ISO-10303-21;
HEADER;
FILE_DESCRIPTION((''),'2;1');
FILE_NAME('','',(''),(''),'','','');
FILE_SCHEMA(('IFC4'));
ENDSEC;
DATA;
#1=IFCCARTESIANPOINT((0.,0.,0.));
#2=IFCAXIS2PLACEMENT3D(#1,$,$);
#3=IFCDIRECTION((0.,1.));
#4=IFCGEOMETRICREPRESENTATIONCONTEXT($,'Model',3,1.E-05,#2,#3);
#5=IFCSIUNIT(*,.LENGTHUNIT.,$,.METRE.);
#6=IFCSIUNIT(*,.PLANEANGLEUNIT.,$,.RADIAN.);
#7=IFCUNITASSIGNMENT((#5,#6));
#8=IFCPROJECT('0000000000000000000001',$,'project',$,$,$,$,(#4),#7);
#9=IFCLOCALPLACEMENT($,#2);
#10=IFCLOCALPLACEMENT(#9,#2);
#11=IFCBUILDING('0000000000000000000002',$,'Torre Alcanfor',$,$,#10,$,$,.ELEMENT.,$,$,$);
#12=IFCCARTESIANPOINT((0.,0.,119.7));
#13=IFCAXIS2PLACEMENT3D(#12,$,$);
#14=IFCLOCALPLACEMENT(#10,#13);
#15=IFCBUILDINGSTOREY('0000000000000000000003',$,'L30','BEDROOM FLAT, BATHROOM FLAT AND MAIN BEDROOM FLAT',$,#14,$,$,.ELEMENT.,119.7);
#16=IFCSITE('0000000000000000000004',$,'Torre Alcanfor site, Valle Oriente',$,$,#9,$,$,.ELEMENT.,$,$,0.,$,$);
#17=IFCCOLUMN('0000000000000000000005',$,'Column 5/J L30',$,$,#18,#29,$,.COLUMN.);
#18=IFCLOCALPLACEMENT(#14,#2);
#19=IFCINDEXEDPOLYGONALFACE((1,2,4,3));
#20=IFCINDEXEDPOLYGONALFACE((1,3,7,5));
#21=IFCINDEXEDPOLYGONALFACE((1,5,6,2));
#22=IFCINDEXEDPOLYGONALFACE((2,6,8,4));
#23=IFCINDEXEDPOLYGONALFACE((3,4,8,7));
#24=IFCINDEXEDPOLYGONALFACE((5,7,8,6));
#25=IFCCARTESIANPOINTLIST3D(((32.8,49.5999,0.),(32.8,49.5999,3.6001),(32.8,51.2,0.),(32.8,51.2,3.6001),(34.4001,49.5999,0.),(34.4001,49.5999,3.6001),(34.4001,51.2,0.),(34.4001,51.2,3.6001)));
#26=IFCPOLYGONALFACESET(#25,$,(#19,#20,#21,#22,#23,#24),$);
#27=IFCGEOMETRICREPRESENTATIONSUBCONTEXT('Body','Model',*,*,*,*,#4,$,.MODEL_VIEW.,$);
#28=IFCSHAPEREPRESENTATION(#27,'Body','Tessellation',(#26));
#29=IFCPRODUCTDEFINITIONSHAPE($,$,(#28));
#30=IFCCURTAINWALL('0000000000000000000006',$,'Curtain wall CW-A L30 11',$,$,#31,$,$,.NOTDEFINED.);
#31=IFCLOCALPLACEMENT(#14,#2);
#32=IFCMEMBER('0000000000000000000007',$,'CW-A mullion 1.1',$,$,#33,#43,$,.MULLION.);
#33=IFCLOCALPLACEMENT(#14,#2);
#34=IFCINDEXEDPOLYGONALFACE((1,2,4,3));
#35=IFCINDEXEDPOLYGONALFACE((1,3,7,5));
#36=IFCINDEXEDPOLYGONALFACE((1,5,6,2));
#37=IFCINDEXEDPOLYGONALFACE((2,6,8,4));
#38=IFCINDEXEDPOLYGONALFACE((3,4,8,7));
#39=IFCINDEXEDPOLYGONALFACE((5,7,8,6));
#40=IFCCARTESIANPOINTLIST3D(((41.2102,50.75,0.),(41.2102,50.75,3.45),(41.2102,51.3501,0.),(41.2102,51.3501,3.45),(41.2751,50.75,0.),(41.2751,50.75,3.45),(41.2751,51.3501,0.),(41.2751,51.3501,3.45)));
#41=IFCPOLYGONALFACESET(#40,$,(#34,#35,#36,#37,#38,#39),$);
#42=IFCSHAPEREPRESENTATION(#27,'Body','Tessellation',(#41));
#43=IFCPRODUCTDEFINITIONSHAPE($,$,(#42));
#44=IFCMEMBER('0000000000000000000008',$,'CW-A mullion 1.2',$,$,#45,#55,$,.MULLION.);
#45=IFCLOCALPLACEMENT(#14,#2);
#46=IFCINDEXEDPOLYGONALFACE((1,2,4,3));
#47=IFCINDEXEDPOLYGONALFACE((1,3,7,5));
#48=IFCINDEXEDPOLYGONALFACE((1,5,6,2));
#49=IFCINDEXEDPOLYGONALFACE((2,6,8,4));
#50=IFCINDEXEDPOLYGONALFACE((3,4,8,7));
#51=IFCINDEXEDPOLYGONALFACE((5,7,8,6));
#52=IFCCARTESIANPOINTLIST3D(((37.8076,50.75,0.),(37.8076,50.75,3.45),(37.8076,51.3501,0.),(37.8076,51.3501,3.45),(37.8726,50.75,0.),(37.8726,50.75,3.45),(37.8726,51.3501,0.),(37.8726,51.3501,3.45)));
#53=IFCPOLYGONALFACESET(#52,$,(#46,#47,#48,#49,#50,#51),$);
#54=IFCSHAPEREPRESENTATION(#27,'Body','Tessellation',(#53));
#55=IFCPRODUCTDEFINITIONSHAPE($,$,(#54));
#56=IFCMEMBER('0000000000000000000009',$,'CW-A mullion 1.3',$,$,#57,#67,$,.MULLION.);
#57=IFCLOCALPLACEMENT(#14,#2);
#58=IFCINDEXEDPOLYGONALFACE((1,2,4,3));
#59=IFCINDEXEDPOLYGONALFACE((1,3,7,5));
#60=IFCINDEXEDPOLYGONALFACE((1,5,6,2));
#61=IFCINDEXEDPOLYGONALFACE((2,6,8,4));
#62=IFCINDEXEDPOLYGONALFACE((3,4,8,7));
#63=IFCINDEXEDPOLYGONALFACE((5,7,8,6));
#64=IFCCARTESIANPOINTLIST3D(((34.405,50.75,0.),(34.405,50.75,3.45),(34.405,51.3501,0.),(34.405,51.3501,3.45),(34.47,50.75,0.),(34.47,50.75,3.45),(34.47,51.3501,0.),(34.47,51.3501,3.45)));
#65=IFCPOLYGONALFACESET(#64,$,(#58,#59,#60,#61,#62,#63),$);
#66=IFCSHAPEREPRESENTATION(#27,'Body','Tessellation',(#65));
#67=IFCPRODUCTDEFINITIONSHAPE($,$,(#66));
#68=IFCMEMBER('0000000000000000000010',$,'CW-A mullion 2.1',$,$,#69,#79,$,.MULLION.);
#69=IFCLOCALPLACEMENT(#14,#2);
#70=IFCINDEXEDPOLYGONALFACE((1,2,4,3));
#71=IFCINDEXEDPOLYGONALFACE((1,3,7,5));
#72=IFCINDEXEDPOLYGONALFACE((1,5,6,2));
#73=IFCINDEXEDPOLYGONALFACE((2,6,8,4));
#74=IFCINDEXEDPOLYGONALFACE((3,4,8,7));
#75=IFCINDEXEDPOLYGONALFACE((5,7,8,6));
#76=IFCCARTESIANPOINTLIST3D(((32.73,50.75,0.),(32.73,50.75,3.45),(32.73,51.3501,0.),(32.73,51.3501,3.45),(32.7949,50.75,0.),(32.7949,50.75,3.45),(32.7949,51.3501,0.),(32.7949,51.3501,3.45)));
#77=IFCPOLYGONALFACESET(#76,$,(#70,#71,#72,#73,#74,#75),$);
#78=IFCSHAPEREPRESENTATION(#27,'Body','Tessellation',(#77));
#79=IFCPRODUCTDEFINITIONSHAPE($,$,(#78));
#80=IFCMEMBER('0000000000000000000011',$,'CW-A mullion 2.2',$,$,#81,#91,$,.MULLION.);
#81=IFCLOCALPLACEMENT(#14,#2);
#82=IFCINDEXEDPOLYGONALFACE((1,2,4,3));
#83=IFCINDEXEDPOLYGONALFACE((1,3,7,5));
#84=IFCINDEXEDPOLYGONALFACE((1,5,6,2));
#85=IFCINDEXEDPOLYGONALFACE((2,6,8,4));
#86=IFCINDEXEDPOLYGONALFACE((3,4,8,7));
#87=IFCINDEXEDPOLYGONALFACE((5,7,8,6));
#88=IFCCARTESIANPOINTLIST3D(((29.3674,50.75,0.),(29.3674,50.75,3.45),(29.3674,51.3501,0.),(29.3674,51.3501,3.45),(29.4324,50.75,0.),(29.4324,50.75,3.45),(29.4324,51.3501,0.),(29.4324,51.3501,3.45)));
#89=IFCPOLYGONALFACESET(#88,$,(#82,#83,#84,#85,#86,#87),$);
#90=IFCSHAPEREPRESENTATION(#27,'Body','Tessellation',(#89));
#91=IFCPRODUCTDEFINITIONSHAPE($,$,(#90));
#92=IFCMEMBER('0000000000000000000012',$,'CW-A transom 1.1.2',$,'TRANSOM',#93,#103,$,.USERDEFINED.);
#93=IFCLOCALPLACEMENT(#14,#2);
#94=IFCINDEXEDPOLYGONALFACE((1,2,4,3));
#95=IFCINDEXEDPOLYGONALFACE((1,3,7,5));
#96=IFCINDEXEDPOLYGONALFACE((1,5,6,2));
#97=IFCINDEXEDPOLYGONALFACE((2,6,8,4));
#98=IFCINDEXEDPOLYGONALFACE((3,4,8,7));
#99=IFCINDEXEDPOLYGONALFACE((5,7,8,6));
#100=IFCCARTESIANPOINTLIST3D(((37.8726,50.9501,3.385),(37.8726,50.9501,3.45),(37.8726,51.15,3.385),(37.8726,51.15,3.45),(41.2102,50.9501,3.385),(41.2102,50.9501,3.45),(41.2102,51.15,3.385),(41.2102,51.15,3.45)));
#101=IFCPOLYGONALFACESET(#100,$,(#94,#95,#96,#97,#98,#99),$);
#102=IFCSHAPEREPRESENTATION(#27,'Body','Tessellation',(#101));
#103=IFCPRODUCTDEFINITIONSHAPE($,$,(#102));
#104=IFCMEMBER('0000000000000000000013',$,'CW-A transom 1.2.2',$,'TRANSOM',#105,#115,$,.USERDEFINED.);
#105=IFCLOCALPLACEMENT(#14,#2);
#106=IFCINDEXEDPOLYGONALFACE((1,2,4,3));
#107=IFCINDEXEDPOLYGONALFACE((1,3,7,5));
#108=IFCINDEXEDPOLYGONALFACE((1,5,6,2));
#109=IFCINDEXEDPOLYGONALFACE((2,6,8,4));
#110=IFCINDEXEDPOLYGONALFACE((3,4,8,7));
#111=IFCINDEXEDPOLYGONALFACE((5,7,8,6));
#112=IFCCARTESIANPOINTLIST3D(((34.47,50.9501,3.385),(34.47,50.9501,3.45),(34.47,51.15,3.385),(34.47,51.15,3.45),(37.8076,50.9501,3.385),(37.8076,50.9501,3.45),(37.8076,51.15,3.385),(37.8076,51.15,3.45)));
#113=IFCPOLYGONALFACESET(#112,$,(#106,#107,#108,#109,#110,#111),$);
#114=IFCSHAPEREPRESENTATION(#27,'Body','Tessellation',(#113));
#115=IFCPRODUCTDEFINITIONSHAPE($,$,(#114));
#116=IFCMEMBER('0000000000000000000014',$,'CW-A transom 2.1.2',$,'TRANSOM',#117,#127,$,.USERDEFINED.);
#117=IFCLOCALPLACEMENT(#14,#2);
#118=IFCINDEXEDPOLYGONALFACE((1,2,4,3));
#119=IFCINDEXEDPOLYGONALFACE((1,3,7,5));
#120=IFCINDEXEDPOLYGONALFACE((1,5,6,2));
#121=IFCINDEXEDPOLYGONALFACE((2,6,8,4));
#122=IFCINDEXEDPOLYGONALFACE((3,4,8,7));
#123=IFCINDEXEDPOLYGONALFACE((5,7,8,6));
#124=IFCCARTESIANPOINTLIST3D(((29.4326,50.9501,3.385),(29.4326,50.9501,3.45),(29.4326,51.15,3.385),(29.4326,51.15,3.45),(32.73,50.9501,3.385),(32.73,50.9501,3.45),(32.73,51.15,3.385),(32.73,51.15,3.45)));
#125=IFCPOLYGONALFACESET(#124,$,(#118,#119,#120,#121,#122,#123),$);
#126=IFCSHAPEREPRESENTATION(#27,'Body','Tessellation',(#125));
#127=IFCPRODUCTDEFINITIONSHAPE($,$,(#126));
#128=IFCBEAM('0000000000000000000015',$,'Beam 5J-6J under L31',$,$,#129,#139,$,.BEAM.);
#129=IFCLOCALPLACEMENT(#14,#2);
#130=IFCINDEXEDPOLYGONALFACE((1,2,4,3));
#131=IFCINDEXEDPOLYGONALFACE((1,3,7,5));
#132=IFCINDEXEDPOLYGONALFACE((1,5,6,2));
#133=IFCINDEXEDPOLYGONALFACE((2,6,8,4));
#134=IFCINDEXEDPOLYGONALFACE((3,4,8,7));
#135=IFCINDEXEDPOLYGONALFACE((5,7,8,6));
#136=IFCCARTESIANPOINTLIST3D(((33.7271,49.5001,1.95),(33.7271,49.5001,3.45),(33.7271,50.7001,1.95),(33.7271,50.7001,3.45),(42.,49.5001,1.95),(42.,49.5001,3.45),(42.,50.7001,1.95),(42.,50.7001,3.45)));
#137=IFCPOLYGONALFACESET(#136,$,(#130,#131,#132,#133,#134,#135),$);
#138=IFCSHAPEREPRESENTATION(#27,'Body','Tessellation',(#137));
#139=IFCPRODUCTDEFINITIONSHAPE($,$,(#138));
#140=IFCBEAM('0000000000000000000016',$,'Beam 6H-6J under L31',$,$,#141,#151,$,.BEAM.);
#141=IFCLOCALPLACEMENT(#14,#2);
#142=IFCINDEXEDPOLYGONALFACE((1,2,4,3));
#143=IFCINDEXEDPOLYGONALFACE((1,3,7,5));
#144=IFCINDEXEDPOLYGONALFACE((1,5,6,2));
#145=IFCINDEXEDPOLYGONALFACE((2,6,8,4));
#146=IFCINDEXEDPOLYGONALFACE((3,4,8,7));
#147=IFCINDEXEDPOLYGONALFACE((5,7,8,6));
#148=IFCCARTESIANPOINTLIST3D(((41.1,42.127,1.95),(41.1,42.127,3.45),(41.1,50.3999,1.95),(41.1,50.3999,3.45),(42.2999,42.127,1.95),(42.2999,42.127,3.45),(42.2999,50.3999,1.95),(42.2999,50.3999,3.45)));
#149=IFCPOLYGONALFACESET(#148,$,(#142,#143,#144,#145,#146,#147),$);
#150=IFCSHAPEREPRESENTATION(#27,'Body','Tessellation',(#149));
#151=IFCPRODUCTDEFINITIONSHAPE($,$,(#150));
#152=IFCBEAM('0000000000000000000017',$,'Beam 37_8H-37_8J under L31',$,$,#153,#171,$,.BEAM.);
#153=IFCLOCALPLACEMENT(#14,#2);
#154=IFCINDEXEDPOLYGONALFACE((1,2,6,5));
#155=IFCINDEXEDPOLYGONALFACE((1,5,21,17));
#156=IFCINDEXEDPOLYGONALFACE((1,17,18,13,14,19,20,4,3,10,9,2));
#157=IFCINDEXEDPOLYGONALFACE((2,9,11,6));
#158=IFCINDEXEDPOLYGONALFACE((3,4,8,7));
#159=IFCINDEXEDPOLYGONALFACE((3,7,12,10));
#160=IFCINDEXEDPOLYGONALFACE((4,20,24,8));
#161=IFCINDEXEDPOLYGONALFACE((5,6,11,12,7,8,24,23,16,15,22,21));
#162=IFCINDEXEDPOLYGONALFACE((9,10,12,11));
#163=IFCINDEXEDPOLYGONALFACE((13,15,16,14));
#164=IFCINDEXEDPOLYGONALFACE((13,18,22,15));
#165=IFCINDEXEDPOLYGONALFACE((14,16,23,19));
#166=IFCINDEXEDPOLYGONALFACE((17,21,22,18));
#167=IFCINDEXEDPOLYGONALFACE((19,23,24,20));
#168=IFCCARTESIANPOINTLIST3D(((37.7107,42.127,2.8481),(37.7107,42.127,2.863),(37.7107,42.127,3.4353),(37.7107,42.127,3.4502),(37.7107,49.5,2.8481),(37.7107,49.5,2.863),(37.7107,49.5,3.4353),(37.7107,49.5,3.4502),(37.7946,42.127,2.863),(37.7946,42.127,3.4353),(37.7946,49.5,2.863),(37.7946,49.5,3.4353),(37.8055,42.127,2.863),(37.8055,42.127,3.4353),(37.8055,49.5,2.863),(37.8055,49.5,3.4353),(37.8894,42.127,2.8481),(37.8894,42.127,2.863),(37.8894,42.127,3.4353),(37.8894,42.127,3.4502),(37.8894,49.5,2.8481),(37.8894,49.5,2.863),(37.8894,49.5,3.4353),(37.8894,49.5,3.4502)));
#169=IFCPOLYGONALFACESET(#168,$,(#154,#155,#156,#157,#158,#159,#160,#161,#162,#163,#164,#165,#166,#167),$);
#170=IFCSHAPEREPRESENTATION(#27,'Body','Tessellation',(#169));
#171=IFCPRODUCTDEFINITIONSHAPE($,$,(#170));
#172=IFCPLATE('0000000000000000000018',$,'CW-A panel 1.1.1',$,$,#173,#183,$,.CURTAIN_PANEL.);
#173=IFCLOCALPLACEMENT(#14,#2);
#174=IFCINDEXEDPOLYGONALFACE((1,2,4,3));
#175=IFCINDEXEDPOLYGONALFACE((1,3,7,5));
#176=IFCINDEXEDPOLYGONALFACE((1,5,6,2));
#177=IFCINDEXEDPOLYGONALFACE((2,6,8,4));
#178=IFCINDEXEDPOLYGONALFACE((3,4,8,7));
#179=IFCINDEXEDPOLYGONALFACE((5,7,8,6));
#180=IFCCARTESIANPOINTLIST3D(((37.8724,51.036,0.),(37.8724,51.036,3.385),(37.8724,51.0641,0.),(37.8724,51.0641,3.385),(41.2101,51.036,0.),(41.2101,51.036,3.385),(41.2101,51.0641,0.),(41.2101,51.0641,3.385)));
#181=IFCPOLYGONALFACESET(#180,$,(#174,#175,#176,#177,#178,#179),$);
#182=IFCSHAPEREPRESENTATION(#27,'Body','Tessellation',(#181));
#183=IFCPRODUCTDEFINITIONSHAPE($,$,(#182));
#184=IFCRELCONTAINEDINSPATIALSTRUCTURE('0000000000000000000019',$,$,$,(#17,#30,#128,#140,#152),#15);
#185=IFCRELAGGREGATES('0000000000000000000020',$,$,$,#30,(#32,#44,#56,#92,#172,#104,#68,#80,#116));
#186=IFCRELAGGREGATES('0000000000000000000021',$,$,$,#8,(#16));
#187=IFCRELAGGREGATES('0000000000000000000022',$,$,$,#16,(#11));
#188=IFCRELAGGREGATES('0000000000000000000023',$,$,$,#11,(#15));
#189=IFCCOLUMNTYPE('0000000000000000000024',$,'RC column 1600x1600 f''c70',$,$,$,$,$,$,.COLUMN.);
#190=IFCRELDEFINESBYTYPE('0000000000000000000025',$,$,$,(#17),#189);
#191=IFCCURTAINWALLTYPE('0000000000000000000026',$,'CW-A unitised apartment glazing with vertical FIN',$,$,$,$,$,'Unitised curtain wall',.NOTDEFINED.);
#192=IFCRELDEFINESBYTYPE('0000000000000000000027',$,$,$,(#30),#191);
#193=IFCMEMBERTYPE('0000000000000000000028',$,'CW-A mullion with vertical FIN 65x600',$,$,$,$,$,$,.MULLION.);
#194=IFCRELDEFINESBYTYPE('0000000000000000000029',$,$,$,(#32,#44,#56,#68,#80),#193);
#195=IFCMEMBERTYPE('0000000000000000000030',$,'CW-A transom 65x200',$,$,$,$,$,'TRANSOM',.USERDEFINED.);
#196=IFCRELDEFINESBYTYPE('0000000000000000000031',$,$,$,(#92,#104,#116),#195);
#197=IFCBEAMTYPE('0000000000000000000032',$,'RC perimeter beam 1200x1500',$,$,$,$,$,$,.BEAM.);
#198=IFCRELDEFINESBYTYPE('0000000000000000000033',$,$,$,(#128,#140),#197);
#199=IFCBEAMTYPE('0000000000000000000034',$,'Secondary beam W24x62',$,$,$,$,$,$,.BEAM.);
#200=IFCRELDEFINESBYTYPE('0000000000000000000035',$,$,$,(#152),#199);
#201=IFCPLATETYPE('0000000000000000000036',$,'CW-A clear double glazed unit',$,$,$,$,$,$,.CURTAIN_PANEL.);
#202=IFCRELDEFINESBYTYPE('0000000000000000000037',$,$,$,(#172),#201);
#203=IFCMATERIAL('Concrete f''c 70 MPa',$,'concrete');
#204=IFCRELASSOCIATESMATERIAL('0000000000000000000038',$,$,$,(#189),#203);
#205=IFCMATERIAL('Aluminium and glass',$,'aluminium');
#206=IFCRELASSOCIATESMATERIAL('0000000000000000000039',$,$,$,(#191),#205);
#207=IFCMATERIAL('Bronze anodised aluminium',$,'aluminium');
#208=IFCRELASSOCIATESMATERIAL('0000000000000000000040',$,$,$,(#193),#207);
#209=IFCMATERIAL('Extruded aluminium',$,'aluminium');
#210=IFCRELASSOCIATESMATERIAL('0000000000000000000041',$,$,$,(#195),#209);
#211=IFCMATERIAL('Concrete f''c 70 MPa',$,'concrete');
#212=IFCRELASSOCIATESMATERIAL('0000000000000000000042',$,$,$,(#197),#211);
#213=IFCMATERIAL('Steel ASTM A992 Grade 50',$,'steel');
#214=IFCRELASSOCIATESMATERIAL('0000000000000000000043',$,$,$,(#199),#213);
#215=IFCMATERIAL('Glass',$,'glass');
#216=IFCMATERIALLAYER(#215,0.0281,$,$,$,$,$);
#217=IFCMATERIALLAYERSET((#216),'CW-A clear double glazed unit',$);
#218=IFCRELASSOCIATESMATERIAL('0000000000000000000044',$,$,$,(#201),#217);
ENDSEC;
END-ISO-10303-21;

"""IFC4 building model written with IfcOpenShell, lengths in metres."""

from ifc_helpers import new_model, si_unit, direction, frame, origin, origin_2d, place, context, subcontext, project, spatial, rectangle, i_section, extrude, material, layer, layer_set, material_profile, profile_set, type_object, element, aggregate, save


model = new_model("IFC4")

# Units and contexts
model_context = context("Model", 3, precision=1e-05, world=origin(), true_north=direction((0.0, 1.0)))
body_context = subcontext(model_context, "Body", "Model", "MODEL_VIEW")
ifc_project = project(units=[si_unit("LENGTHUNIT", "METRE"), si_unit("PLANEANGLEUNIT", "RADIAN")], contexts=[model_context])

# Site, building, storey
site_placement = place(None, origin())
site = spatial("IfcSite", under=ifc_project, at=site_placement, Name="Torre Alcanfor site, Valle Oriente", CompositionType="ELEMENT", RefElevation=0.0)
building_placement = place(site_placement, origin())
building = spatial("IfcBuilding", under=site, at=building_placement, Name="Torre Alcanfor", CompositionType="ELEMENT")
storey_placement = place(building_placement, frame((0.0, 0.0, 119.7)))
storey = spatial("IfcBuildingStorey", under=building, at=storey_placement, Name="L30", Description="BEDROOM FLAT, BATHROOM FLAT AND MAIN BEDROOM FLAT", CompositionType="ELEMENT", Elevation=119.7)

# Column
ifc_material_1 = material(Name="Concrete f'c 70 MPa", Category="concrete")
ifc_material_profile_1 = material_profile(ifc_material_1, rectangle(XDim=1.6001, YDim=1.6001, at=origin_2d()), Name="1600x1600")
ifc_profile_set_1 = profile_set([ifc_material_profile_1], Name="Concrete f'c 70 MPa")
column_type = type_object("IfcColumnType", Name="RC column 1600x1600 f'c70", PredefinedType="COLUMN", material=ifc_profile_set_1)
column_placement = place(storey_placement, frame((33.6001, 50.3999, 0.0), z_axis=(0.0, 0.0, 1.0), x_axis=(1.0, 0.0, 0.0)))
element("IfcColumn", 1, at=column_placement, inside=storey, type_object=column_type, Name="Column 5/J L30", PredefinedType="COLUMN", context=body_context, shape_type="SweptSolid", body=[
    extrude(rectangle(XDim=1.6001, YDim=1.6001, at=origin_2d()), origin(), (0.0, 0.0, 1.0), 3.6001),
])

# Curtain wall, members
ifc_material_2 = material(Name="Aluminium and glass", Category="aluminium")
curtain_wall_type = type_object("IfcCurtainWallType", Name="CW-A unitised apartment glazing with vertical FIN", ElementType="Unitised curtain wall", PredefinedType="NOTDEFINED", material=ifc_material_2)
curtain_wall_placement = place(storey_placement, origin())
curtain_wall = element("IfcCurtainWall", 2, at=curtain_wall_placement, inside=storey, type_object=curtain_wall_type, Name="Curtain wall CW-A L30 11", PredefinedType="NOTDEFINED")
ifc_material_3 = material(Name="Bronze anodised aluminium", Category="aluminium")
ifc_material_profile_2 = material_profile(ifc_material_3, rectangle(XDim=0.6001, YDim=0.0649, at=origin_2d()), Name="CW-A mullion 65x600")
ifc_profile_set_2 = profile_set([ifc_material_profile_2], Name="Bronze anodised aluminium")
member_type_1 = type_object("IfcMemberType", Name="CW-A mullion with vertical FIN 65x600", PredefinedType="MULLION", material=ifc_profile_set_2)
member_1_placement = place(storey_placement, frame((41.2427, 51.05, 0.0), z_axis=(0.0, 0.0, 1.0), x_axis=(0.0, -1.0, 0.0)))
member_1 = element("IfcMember", 3, at=member_1_placement, type_object=member_type_1, Name="CW-A mullion 1.1", PredefinedType="MULLION", context=body_context, shape_type="SweptSolid", body=[
    extrude(rectangle(XDim=0.6001, YDim=0.0649, at=origin_2d()), origin(), (0.0, 0.0, 1.0), 3.45),
])
member_2_placement = place(storey_placement, frame((37.8401, 51.05, 0.0), z_axis=(0.0, 0.0, 1.0), x_axis=(0.0, -1.0, 0.0)))
member_2 = element("IfcMember", 4, at=member_2_placement, type_object=member_type_1, Name="CW-A mullion 1.2", PredefinedType="MULLION", context=body_context, shape_type="SweptSolid", body=[
    extrude(rectangle(XDim=0.6001, YDim=0.0649, at=origin_2d()), origin(), (0.0, 0.0, 1.0), 3.45),
])
member_3_placement = place(storey_placement, frame((34.4375, 51.05, 0.0), z_axis=(0.0, 0.0, 1.0), x_axis=(0.0, -1.0, 0.0)))
member_3 = element("IfcMember", 5, at=member_3_placement, type_object=member_type_1, Name="CW-A mullion 1.3", PredefinedType="MULLION", context=body_context, shape_type="SweptSolid", body=[
    extrude(rectangle(XDim=0.6001, YDim=0.0649, at=origin_2d()), origin(), (0.0, 0.0, 1.0), 3.45),
])
member_4_placement = place(storey_placement, frame((32.7625, 51.05, 0.0), z_axis=(0.0, 0.0, 1.0), x_axis=(0.0, -1.0, 0.0)))
member_4 = element("IfcMember", 6, at=member_4_placement, type_object=member_type_1, Name="CW-A mullion 2.1", PredefinedType="MULLION", context=body_context, shape_type="SweptSolid", body=[
    extrude(rectangle(XDim=0.6001, YDim=0.0649, at=origin_2d()), origin(), (0.0, 0.0, 1.0), 3.45),
])
member_5_placement = place(storey_placement, frame((29.3999, 51.05, 0.0), z_axis=(0.0, 0.0, 1.0), x_axis=(0.0, -1.0, 0.0)))
member_5 = element("IfcMember", 7, at=member_5_placement, type_object=member_type_1, Name="CW-A mullion 2.2", PredefinedType="MULLION", context=body_context, shape_type="SweptSolid", body=[
    extrude(rectangle(XDim=0.6001, YDim=0.0649, at=origin_2d()), origin(), (0.0, 0.0, 1.0), 3.45),
])
ifc_material_4 = material(Name="Extruded aluminium", Category="aluminium")
ifc_material_profile_3 = material_profile(ifc_material_4, rectangle(XDim=0.2, YDim=0.0649, at=origin_2d()), Name="CW-A transom 200x65")
ifc_profile_set_3 = profile_set([ifc_material_profile_3], Name="Extruded aluminium")
member_type_2 = type_object("IfcMemberType", Name="CW-A transom 65x200", ElementType="TRANSOM", PredefinedType="USERDEFINED", material=ifc_profile_set_3)
member_6_placement = place(storey_placement, frame((41.2102, 51.05, 3.4175), z_axis=(-1.0, 0.0, 0.0), x_axis=(0.0, -1.0, 0.0)))
member_6 = element("IfcMember", 8, at=member_6_placement, type_object=member_type_2, Name="CW-A transom 1.1.2", ObjectType="TRANSOM", PredefinedType="USERDEFINED", context=body_context, shape_type="SweptSolid", body=[
    extrude(rectangle(XDim=0.2, YDim=0.0649, at=origin_2d()), origin(), (0.0, 0.0, 1.0), 3.3376),
])
member_7_placement = place(storey_placement, frame((37.8076, 51.05, 3.4175), z_axis=(-1.0, 0.0, 0.0), x_axis=(0.0, -1.0, 0.0)))
member_7 = element("IfcMember", 9, at=member_7_placement, type_object=member_type_2, Name="CW-A transom 1.2.2", ObjectType="TRANSOM", PredefinedType="USERDEFINED", context=body_context, shape_type="SweptSolid", body=[
    extrude(rectangle(XDim=0.2, YDim=0.0649, at=origin_2d()), origin(), (0.0, 0.0, 1.0), 3.3376),
])
member_8_placement = place(storey_placement, frame((32.73, 51.05, 3.4175), z_axis=(-1.0, 0.0, 0.0), x_axis=(0.0, -1.0, 0.0)))
member_8 = element("IfcMember", 10, at=member_8_placement, type_object=member_type_2, Name="CW-A transom 2.1.2", ObjectType="TRANSOM", PredefinedType="USERDEFINED", context=body_context, shape_type="SweptSolid", body=[
    extrude(rectangle(XDim=0.2, YDim=0.0649, at=origin_2d()), origin(), (0.0, 0.0, 1.0), 3.2974),
])

# Beams
ifc_material_5 = material(Name="Concrete f'c 70 MPa", Category="concrete")
ifc_material_profile_4 = material_profile(ifc_material_5, rectangle(XDim=1.2, YDim=1.5, at=origin_2d()), Name="1200x1500")
ifc_profile_set_4 = profile_set([ifc_material_profile_4], Name="Concrete f'c 70 MPa")
beam_type_1 = type_object("IfcBeamType", Name="RC perimeter beam 1200x1500", PredefinedType="BEAM", material=ifc_profile_set_4)
for number, where, z_axis, x_axis, name in (
    (11, (33.7271, 50.1001, 2.7), (1.0, 0.0, 0.0), (0.0, 1.0, 0.0), "Beam 5J-6J under L31"),
    (12, (41.7, 42.127, 2.7), (0.0, 1.0, 0.0), (-1.0, 0.0, 0.0), "Beam 6H-6J under L31"),
):
    element("IfcBeam", number, at=place(storey_placement, frame(where, z_axis=z_axis, x_axis=x_axis)), inside=storey, type_object=beam_type_1, Name=name, PredefinedType="BEAM", context=body_context, shape_type="SweptSolid", body=[
        extrude(rectangle(XDim=1.2, YDim=1.5, at=origin_2d()), origin(), (0.0, 0.0, 1.0), 8.2729),
    ])
ifc_material_6 = material(Name="Steel ASTM A992 Grade 50", Category="steel")
ifc_material_profile_5 = material_profile(ifc_material_6, i_section(OverallWidth=0.1787, OverallDepth=0.6021, WebThickness=0.011, FlangeThickness=0.0149, at=origin_2d()), Name="W24x62")
ifc_profile_set_5 = profile_set([ifc_material_profile_5], Name="Steel ASTM A992 Grade 50")
beam_type_2 = type_object("IfcBeamType", Name="Secondary beam W24x62", PredefinedType="BEAM", material=ifc_profile_set_5)
beam_placement = place(storey_placement, frame((37.8, 42.127, 3.1492), z_axis=(0.0, 1.0, 0.0), x_axis=(-1.0, 0.0, 0.0)))
element("IfcBeam", 13, at=beam_placement, inside=storey, type_object=beam_type_2, Name="Beam 37_8H-37_8J under L31", PredefinedType="BEAM", context=body_context, shape_type="SweptSolid", body=[
    extrude(i_section(OverallWidth=0.1787, OverallDepth=0.6021, WebThickness=0.011, FlangeThickness=0.0149, at=origin_2d()), origin(), (0.0, 0.0, 1.0), 7.373),
])

# Plate
ifc_material_7 = material(Name="Glass", Category="glass")
ifc_layer_1 = layer(ifc_material_7, 0.0281)
ifc_layer_set_1 = layer_set([ifc_layer_1], Name="CW-A clear double glazed unit")
plate_type = type_object("IfcPlateType", Name="CW-A clear double glazed unit", PredefinedType="CURTAIN_PANEL", material=ifc_layer_set_1)
plate_1_placement = place(storey_placement, frame((39.5413, 51.05, 0.0), z_axis=(0.0, 0.0, 1.0), x_axis=(-1.0, 0.0, 0.0)))
plate_1 = element("IfcPlate", 14, at=plate_1_placement, type_object=plate_type, Name="CW-A panel 1.1.1", PredefinedType="CURTAIN_PANEL", context=body_context, shape_type="SweptSolid", body=[
    extrude(rectangle(XDim=3.3376, YDim=0.0281, at=origin_2d()), origin(), (0.0, 0.0, 1.0), 3.385),
])
aggregate(curtain_wall, [member_1, member_2, member_3, member_6, plate_1, member_7, member_4, member_5, member_8])

save(model, "model.ifc")
